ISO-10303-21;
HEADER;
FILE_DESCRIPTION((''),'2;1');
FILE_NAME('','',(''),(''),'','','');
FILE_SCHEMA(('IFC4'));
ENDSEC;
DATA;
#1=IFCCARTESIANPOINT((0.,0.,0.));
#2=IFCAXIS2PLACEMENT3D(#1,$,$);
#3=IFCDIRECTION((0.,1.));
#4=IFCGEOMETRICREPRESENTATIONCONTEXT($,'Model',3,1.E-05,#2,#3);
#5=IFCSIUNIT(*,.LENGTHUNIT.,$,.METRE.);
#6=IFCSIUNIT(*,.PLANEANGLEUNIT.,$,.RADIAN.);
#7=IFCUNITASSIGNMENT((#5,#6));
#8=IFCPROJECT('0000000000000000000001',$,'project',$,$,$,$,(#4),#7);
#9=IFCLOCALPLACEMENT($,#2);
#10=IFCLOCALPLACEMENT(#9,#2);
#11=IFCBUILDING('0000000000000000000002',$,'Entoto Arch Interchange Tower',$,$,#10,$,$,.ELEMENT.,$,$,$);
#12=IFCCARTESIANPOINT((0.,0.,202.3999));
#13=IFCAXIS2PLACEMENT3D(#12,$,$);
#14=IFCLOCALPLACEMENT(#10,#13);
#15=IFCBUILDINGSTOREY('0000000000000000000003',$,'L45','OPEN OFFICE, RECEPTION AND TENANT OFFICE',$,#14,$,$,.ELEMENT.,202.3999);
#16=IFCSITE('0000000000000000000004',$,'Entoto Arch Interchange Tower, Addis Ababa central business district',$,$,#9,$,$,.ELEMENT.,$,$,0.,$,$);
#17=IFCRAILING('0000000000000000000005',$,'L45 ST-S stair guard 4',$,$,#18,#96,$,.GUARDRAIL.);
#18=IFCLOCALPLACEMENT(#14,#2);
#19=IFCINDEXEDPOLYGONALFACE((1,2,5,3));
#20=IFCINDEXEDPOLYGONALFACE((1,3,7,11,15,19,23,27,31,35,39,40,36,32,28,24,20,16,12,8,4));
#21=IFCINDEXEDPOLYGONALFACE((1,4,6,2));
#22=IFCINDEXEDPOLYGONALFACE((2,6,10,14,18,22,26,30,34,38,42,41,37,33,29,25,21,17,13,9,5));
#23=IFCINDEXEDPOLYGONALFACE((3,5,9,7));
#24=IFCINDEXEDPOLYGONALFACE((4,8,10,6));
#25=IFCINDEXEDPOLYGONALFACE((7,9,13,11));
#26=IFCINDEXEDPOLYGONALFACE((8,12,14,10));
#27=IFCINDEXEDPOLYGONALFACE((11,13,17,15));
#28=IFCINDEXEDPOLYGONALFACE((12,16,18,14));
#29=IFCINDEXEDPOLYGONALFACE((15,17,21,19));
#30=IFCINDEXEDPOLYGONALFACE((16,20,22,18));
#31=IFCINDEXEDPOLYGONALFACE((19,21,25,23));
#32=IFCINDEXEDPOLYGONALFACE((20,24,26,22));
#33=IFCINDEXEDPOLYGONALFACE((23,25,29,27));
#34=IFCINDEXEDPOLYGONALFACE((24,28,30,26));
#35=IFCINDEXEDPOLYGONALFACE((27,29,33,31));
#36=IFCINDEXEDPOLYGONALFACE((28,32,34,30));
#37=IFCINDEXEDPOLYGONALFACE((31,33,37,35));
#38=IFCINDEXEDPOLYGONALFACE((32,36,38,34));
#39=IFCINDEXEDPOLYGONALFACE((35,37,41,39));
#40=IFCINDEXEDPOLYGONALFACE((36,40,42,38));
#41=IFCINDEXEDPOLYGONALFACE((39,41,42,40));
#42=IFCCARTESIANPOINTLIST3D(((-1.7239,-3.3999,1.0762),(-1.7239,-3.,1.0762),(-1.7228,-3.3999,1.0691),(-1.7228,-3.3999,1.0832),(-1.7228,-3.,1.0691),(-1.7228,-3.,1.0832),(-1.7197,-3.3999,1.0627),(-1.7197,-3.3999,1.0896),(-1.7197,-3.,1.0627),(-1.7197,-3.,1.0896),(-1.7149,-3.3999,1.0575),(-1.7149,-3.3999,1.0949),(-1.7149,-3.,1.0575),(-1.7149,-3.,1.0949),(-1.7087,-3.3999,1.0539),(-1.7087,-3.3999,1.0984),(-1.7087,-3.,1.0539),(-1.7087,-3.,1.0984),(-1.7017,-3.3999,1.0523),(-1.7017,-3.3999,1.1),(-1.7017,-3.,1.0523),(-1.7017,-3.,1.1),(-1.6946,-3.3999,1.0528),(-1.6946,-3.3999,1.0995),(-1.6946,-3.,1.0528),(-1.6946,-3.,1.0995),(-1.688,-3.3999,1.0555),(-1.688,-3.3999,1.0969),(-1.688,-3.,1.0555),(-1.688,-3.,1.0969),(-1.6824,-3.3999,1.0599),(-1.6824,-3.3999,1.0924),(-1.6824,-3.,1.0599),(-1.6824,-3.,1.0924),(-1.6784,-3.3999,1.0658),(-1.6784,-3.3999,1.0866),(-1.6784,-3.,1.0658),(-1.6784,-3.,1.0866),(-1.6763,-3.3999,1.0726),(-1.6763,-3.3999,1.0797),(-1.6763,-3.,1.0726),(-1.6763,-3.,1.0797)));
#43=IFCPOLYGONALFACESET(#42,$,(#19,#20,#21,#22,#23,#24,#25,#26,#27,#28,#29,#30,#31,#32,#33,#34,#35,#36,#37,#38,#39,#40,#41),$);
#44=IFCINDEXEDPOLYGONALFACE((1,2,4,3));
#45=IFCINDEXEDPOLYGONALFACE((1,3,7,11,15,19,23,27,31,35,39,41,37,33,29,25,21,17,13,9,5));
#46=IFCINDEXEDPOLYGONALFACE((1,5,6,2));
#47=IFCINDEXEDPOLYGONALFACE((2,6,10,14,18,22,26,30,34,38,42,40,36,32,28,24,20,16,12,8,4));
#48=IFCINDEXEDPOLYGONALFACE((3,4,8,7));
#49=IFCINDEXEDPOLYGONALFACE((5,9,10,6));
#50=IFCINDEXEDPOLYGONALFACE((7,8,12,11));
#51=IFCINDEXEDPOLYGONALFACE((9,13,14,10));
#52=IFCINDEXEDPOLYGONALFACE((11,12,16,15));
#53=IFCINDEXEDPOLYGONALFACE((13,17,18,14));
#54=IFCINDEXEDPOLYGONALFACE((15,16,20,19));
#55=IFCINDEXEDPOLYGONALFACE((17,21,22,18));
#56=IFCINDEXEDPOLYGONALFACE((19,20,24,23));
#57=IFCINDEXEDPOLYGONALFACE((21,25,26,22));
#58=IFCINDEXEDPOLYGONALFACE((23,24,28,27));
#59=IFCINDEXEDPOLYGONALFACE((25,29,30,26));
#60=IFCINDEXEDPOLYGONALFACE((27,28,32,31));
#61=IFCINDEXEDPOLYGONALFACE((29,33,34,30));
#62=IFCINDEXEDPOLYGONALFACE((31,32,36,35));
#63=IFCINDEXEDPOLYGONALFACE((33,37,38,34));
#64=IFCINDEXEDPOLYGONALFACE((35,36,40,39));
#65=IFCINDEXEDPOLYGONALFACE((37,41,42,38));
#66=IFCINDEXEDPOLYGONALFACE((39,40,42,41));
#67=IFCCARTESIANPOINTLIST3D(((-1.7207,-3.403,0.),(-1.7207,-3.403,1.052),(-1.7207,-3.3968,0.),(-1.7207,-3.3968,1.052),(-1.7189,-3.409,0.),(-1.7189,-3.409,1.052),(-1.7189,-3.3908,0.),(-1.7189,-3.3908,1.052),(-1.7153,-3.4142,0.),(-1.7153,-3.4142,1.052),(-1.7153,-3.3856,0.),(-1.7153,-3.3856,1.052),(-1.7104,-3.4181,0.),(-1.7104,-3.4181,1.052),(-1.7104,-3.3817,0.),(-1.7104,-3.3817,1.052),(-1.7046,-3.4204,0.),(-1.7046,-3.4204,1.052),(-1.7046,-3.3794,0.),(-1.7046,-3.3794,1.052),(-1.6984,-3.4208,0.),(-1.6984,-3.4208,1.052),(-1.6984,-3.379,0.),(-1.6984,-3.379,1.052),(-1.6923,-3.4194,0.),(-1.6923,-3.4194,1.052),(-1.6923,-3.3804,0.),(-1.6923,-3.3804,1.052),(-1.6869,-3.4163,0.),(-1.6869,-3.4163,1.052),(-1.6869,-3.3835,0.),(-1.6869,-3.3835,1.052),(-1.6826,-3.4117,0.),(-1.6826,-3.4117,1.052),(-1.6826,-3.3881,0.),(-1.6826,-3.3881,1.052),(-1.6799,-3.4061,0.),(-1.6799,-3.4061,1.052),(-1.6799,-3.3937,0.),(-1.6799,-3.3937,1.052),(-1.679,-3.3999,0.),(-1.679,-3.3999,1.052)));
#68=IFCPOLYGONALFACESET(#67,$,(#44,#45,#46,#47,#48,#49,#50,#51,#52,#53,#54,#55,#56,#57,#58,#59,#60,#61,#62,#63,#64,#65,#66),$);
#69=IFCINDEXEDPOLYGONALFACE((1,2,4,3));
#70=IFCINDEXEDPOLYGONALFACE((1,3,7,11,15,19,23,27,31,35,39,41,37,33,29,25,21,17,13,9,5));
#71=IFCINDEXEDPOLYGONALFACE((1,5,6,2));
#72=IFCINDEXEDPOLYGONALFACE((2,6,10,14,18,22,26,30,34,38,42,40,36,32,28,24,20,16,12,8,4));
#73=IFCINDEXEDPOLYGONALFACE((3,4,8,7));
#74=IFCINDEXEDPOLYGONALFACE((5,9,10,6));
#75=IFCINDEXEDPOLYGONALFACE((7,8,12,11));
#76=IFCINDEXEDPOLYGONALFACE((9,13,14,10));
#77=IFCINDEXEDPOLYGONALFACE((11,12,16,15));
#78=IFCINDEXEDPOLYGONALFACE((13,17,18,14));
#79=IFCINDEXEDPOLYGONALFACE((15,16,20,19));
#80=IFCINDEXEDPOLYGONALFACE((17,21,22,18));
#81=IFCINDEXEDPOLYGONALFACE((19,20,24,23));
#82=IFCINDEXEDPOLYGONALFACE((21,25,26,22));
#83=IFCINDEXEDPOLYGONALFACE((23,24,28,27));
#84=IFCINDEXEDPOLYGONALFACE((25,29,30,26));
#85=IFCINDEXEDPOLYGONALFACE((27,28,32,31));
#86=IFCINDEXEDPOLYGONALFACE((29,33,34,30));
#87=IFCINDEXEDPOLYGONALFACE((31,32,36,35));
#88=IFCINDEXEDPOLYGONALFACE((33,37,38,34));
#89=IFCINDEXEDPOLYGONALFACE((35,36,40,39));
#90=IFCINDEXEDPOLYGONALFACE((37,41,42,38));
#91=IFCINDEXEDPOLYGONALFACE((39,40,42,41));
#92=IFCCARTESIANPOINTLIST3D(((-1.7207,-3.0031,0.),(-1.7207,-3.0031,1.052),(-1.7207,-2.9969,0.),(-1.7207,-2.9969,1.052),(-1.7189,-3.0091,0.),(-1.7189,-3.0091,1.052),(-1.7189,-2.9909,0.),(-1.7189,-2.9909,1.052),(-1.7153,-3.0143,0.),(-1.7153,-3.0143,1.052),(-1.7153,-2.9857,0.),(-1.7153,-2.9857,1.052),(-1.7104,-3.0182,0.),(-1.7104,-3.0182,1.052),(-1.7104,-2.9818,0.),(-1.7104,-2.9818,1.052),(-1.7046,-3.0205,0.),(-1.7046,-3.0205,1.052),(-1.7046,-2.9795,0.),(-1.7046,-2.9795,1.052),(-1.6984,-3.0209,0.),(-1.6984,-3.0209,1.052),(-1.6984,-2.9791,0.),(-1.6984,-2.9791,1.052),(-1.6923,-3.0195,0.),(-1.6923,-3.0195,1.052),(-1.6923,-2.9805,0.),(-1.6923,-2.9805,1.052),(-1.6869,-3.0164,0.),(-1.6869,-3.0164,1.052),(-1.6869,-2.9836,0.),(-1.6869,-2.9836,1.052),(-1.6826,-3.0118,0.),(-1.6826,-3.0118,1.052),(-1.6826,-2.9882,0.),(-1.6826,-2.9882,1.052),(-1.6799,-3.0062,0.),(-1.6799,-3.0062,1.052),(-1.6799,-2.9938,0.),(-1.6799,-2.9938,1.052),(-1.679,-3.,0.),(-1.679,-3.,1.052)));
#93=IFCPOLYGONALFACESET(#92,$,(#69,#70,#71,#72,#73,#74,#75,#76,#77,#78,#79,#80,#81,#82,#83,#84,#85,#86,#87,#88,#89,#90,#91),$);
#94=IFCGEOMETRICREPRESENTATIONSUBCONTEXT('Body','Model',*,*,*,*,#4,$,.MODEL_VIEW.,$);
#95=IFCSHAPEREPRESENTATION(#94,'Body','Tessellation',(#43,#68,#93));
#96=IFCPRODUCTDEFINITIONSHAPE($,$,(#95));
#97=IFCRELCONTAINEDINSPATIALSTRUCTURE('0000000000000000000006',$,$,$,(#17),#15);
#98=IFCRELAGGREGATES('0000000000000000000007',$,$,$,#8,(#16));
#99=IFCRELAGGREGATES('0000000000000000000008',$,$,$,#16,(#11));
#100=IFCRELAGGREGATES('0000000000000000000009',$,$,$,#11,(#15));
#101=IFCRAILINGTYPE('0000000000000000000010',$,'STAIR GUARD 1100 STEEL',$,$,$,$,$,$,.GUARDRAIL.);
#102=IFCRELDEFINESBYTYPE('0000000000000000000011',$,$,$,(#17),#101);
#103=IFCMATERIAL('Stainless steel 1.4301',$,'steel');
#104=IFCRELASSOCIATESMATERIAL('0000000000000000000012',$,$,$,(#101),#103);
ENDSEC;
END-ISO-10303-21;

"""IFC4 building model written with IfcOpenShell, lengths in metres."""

from ifc_helpers import new_model, si_unit, direction, frame, origin, origin_2d, place, context, subcontext, project, spatial, circle, extrude, material, type_object, element, save


model = new_model("IFC4")

# Units and contexts
model_context = context("Model", 3, precision=1e-05, world=origin(), true_north=direction((0.0, 1.0)))
body_context = subcontext(model_context, "Body", "Model", "MODEL_VIEW")
ifc_project = project(units=[si_unit("LENGTHUNIT", "METRE"), si_unit("PLANEANGLEUNIT", "RADIAN")], contexts=[model_context])

# Site, building, storey
site_placement = place(None, origin())
site = spatial("IfcSite", under=ifc_project, at=site_placement, Name="Entoto Arch Interchange Tower, Addis Ababa central business district", CompositionType="ELEMENT", RefElevation=0.0)
building_placement = place(site_placement, origin())
building = spatial("IfcBuilding", under=site, at=building_placement, Name="Entoto Arch Interchange Tower", CompositionType="ELEMENT")
storey_placement = place(building_placement, frame((0.0, 0.0, 202.3999)))
storey = spatial("IfcBuildingStorey", under=building, at=storey_placement, Name="L45", Description="OPEN OFFICE, RECEPTION AND TENANT OFFICE", CompositionType="ELEMENT", Elevation=202.3999)

# Railing
ifc_material_1 = material(Name="Stainless steel 1.4301", Category="steel")
railing_type_1 = type_object("IfcRailingType", Name="STAIR GUARD 1100 STEEL", PredefinedType="GUARDRAIL", material=ifc_material_1)
railing_1_placement = place(storey_placement, frame((-1.7, -3.3999, 0.0)))
element("IfcRailing", 1, at=railing_1_placement, inside=storey, type_object=railing_type_1, Name="L45 ST-S stair guard 4", PredefinedType="GUARDRAIL", context=body_context, shape_type="SweptSolid", body=[
    extrude(circle(Radius=0.0239, at=origin_2d()), frame((0.0, 0.0, 1.0762), z_axis=(0.0, 1.0, 0.0), x_axis=(-1.0, 0.0, 0.0)), (0.0, 0.0, 1.0), 0.3999),
    extrude(circle(Radius=0.021, at=origin_2d()), origin(), (0.0, 0.0, 1.0), 1.052),
    extrude(circle(Radius=0.021, at=origin_2d()), frame((0.0, 0.3999, 0.0)), (0.0, 0.0, 1.0), 1.052),
])

save(model, "model.ifc")
